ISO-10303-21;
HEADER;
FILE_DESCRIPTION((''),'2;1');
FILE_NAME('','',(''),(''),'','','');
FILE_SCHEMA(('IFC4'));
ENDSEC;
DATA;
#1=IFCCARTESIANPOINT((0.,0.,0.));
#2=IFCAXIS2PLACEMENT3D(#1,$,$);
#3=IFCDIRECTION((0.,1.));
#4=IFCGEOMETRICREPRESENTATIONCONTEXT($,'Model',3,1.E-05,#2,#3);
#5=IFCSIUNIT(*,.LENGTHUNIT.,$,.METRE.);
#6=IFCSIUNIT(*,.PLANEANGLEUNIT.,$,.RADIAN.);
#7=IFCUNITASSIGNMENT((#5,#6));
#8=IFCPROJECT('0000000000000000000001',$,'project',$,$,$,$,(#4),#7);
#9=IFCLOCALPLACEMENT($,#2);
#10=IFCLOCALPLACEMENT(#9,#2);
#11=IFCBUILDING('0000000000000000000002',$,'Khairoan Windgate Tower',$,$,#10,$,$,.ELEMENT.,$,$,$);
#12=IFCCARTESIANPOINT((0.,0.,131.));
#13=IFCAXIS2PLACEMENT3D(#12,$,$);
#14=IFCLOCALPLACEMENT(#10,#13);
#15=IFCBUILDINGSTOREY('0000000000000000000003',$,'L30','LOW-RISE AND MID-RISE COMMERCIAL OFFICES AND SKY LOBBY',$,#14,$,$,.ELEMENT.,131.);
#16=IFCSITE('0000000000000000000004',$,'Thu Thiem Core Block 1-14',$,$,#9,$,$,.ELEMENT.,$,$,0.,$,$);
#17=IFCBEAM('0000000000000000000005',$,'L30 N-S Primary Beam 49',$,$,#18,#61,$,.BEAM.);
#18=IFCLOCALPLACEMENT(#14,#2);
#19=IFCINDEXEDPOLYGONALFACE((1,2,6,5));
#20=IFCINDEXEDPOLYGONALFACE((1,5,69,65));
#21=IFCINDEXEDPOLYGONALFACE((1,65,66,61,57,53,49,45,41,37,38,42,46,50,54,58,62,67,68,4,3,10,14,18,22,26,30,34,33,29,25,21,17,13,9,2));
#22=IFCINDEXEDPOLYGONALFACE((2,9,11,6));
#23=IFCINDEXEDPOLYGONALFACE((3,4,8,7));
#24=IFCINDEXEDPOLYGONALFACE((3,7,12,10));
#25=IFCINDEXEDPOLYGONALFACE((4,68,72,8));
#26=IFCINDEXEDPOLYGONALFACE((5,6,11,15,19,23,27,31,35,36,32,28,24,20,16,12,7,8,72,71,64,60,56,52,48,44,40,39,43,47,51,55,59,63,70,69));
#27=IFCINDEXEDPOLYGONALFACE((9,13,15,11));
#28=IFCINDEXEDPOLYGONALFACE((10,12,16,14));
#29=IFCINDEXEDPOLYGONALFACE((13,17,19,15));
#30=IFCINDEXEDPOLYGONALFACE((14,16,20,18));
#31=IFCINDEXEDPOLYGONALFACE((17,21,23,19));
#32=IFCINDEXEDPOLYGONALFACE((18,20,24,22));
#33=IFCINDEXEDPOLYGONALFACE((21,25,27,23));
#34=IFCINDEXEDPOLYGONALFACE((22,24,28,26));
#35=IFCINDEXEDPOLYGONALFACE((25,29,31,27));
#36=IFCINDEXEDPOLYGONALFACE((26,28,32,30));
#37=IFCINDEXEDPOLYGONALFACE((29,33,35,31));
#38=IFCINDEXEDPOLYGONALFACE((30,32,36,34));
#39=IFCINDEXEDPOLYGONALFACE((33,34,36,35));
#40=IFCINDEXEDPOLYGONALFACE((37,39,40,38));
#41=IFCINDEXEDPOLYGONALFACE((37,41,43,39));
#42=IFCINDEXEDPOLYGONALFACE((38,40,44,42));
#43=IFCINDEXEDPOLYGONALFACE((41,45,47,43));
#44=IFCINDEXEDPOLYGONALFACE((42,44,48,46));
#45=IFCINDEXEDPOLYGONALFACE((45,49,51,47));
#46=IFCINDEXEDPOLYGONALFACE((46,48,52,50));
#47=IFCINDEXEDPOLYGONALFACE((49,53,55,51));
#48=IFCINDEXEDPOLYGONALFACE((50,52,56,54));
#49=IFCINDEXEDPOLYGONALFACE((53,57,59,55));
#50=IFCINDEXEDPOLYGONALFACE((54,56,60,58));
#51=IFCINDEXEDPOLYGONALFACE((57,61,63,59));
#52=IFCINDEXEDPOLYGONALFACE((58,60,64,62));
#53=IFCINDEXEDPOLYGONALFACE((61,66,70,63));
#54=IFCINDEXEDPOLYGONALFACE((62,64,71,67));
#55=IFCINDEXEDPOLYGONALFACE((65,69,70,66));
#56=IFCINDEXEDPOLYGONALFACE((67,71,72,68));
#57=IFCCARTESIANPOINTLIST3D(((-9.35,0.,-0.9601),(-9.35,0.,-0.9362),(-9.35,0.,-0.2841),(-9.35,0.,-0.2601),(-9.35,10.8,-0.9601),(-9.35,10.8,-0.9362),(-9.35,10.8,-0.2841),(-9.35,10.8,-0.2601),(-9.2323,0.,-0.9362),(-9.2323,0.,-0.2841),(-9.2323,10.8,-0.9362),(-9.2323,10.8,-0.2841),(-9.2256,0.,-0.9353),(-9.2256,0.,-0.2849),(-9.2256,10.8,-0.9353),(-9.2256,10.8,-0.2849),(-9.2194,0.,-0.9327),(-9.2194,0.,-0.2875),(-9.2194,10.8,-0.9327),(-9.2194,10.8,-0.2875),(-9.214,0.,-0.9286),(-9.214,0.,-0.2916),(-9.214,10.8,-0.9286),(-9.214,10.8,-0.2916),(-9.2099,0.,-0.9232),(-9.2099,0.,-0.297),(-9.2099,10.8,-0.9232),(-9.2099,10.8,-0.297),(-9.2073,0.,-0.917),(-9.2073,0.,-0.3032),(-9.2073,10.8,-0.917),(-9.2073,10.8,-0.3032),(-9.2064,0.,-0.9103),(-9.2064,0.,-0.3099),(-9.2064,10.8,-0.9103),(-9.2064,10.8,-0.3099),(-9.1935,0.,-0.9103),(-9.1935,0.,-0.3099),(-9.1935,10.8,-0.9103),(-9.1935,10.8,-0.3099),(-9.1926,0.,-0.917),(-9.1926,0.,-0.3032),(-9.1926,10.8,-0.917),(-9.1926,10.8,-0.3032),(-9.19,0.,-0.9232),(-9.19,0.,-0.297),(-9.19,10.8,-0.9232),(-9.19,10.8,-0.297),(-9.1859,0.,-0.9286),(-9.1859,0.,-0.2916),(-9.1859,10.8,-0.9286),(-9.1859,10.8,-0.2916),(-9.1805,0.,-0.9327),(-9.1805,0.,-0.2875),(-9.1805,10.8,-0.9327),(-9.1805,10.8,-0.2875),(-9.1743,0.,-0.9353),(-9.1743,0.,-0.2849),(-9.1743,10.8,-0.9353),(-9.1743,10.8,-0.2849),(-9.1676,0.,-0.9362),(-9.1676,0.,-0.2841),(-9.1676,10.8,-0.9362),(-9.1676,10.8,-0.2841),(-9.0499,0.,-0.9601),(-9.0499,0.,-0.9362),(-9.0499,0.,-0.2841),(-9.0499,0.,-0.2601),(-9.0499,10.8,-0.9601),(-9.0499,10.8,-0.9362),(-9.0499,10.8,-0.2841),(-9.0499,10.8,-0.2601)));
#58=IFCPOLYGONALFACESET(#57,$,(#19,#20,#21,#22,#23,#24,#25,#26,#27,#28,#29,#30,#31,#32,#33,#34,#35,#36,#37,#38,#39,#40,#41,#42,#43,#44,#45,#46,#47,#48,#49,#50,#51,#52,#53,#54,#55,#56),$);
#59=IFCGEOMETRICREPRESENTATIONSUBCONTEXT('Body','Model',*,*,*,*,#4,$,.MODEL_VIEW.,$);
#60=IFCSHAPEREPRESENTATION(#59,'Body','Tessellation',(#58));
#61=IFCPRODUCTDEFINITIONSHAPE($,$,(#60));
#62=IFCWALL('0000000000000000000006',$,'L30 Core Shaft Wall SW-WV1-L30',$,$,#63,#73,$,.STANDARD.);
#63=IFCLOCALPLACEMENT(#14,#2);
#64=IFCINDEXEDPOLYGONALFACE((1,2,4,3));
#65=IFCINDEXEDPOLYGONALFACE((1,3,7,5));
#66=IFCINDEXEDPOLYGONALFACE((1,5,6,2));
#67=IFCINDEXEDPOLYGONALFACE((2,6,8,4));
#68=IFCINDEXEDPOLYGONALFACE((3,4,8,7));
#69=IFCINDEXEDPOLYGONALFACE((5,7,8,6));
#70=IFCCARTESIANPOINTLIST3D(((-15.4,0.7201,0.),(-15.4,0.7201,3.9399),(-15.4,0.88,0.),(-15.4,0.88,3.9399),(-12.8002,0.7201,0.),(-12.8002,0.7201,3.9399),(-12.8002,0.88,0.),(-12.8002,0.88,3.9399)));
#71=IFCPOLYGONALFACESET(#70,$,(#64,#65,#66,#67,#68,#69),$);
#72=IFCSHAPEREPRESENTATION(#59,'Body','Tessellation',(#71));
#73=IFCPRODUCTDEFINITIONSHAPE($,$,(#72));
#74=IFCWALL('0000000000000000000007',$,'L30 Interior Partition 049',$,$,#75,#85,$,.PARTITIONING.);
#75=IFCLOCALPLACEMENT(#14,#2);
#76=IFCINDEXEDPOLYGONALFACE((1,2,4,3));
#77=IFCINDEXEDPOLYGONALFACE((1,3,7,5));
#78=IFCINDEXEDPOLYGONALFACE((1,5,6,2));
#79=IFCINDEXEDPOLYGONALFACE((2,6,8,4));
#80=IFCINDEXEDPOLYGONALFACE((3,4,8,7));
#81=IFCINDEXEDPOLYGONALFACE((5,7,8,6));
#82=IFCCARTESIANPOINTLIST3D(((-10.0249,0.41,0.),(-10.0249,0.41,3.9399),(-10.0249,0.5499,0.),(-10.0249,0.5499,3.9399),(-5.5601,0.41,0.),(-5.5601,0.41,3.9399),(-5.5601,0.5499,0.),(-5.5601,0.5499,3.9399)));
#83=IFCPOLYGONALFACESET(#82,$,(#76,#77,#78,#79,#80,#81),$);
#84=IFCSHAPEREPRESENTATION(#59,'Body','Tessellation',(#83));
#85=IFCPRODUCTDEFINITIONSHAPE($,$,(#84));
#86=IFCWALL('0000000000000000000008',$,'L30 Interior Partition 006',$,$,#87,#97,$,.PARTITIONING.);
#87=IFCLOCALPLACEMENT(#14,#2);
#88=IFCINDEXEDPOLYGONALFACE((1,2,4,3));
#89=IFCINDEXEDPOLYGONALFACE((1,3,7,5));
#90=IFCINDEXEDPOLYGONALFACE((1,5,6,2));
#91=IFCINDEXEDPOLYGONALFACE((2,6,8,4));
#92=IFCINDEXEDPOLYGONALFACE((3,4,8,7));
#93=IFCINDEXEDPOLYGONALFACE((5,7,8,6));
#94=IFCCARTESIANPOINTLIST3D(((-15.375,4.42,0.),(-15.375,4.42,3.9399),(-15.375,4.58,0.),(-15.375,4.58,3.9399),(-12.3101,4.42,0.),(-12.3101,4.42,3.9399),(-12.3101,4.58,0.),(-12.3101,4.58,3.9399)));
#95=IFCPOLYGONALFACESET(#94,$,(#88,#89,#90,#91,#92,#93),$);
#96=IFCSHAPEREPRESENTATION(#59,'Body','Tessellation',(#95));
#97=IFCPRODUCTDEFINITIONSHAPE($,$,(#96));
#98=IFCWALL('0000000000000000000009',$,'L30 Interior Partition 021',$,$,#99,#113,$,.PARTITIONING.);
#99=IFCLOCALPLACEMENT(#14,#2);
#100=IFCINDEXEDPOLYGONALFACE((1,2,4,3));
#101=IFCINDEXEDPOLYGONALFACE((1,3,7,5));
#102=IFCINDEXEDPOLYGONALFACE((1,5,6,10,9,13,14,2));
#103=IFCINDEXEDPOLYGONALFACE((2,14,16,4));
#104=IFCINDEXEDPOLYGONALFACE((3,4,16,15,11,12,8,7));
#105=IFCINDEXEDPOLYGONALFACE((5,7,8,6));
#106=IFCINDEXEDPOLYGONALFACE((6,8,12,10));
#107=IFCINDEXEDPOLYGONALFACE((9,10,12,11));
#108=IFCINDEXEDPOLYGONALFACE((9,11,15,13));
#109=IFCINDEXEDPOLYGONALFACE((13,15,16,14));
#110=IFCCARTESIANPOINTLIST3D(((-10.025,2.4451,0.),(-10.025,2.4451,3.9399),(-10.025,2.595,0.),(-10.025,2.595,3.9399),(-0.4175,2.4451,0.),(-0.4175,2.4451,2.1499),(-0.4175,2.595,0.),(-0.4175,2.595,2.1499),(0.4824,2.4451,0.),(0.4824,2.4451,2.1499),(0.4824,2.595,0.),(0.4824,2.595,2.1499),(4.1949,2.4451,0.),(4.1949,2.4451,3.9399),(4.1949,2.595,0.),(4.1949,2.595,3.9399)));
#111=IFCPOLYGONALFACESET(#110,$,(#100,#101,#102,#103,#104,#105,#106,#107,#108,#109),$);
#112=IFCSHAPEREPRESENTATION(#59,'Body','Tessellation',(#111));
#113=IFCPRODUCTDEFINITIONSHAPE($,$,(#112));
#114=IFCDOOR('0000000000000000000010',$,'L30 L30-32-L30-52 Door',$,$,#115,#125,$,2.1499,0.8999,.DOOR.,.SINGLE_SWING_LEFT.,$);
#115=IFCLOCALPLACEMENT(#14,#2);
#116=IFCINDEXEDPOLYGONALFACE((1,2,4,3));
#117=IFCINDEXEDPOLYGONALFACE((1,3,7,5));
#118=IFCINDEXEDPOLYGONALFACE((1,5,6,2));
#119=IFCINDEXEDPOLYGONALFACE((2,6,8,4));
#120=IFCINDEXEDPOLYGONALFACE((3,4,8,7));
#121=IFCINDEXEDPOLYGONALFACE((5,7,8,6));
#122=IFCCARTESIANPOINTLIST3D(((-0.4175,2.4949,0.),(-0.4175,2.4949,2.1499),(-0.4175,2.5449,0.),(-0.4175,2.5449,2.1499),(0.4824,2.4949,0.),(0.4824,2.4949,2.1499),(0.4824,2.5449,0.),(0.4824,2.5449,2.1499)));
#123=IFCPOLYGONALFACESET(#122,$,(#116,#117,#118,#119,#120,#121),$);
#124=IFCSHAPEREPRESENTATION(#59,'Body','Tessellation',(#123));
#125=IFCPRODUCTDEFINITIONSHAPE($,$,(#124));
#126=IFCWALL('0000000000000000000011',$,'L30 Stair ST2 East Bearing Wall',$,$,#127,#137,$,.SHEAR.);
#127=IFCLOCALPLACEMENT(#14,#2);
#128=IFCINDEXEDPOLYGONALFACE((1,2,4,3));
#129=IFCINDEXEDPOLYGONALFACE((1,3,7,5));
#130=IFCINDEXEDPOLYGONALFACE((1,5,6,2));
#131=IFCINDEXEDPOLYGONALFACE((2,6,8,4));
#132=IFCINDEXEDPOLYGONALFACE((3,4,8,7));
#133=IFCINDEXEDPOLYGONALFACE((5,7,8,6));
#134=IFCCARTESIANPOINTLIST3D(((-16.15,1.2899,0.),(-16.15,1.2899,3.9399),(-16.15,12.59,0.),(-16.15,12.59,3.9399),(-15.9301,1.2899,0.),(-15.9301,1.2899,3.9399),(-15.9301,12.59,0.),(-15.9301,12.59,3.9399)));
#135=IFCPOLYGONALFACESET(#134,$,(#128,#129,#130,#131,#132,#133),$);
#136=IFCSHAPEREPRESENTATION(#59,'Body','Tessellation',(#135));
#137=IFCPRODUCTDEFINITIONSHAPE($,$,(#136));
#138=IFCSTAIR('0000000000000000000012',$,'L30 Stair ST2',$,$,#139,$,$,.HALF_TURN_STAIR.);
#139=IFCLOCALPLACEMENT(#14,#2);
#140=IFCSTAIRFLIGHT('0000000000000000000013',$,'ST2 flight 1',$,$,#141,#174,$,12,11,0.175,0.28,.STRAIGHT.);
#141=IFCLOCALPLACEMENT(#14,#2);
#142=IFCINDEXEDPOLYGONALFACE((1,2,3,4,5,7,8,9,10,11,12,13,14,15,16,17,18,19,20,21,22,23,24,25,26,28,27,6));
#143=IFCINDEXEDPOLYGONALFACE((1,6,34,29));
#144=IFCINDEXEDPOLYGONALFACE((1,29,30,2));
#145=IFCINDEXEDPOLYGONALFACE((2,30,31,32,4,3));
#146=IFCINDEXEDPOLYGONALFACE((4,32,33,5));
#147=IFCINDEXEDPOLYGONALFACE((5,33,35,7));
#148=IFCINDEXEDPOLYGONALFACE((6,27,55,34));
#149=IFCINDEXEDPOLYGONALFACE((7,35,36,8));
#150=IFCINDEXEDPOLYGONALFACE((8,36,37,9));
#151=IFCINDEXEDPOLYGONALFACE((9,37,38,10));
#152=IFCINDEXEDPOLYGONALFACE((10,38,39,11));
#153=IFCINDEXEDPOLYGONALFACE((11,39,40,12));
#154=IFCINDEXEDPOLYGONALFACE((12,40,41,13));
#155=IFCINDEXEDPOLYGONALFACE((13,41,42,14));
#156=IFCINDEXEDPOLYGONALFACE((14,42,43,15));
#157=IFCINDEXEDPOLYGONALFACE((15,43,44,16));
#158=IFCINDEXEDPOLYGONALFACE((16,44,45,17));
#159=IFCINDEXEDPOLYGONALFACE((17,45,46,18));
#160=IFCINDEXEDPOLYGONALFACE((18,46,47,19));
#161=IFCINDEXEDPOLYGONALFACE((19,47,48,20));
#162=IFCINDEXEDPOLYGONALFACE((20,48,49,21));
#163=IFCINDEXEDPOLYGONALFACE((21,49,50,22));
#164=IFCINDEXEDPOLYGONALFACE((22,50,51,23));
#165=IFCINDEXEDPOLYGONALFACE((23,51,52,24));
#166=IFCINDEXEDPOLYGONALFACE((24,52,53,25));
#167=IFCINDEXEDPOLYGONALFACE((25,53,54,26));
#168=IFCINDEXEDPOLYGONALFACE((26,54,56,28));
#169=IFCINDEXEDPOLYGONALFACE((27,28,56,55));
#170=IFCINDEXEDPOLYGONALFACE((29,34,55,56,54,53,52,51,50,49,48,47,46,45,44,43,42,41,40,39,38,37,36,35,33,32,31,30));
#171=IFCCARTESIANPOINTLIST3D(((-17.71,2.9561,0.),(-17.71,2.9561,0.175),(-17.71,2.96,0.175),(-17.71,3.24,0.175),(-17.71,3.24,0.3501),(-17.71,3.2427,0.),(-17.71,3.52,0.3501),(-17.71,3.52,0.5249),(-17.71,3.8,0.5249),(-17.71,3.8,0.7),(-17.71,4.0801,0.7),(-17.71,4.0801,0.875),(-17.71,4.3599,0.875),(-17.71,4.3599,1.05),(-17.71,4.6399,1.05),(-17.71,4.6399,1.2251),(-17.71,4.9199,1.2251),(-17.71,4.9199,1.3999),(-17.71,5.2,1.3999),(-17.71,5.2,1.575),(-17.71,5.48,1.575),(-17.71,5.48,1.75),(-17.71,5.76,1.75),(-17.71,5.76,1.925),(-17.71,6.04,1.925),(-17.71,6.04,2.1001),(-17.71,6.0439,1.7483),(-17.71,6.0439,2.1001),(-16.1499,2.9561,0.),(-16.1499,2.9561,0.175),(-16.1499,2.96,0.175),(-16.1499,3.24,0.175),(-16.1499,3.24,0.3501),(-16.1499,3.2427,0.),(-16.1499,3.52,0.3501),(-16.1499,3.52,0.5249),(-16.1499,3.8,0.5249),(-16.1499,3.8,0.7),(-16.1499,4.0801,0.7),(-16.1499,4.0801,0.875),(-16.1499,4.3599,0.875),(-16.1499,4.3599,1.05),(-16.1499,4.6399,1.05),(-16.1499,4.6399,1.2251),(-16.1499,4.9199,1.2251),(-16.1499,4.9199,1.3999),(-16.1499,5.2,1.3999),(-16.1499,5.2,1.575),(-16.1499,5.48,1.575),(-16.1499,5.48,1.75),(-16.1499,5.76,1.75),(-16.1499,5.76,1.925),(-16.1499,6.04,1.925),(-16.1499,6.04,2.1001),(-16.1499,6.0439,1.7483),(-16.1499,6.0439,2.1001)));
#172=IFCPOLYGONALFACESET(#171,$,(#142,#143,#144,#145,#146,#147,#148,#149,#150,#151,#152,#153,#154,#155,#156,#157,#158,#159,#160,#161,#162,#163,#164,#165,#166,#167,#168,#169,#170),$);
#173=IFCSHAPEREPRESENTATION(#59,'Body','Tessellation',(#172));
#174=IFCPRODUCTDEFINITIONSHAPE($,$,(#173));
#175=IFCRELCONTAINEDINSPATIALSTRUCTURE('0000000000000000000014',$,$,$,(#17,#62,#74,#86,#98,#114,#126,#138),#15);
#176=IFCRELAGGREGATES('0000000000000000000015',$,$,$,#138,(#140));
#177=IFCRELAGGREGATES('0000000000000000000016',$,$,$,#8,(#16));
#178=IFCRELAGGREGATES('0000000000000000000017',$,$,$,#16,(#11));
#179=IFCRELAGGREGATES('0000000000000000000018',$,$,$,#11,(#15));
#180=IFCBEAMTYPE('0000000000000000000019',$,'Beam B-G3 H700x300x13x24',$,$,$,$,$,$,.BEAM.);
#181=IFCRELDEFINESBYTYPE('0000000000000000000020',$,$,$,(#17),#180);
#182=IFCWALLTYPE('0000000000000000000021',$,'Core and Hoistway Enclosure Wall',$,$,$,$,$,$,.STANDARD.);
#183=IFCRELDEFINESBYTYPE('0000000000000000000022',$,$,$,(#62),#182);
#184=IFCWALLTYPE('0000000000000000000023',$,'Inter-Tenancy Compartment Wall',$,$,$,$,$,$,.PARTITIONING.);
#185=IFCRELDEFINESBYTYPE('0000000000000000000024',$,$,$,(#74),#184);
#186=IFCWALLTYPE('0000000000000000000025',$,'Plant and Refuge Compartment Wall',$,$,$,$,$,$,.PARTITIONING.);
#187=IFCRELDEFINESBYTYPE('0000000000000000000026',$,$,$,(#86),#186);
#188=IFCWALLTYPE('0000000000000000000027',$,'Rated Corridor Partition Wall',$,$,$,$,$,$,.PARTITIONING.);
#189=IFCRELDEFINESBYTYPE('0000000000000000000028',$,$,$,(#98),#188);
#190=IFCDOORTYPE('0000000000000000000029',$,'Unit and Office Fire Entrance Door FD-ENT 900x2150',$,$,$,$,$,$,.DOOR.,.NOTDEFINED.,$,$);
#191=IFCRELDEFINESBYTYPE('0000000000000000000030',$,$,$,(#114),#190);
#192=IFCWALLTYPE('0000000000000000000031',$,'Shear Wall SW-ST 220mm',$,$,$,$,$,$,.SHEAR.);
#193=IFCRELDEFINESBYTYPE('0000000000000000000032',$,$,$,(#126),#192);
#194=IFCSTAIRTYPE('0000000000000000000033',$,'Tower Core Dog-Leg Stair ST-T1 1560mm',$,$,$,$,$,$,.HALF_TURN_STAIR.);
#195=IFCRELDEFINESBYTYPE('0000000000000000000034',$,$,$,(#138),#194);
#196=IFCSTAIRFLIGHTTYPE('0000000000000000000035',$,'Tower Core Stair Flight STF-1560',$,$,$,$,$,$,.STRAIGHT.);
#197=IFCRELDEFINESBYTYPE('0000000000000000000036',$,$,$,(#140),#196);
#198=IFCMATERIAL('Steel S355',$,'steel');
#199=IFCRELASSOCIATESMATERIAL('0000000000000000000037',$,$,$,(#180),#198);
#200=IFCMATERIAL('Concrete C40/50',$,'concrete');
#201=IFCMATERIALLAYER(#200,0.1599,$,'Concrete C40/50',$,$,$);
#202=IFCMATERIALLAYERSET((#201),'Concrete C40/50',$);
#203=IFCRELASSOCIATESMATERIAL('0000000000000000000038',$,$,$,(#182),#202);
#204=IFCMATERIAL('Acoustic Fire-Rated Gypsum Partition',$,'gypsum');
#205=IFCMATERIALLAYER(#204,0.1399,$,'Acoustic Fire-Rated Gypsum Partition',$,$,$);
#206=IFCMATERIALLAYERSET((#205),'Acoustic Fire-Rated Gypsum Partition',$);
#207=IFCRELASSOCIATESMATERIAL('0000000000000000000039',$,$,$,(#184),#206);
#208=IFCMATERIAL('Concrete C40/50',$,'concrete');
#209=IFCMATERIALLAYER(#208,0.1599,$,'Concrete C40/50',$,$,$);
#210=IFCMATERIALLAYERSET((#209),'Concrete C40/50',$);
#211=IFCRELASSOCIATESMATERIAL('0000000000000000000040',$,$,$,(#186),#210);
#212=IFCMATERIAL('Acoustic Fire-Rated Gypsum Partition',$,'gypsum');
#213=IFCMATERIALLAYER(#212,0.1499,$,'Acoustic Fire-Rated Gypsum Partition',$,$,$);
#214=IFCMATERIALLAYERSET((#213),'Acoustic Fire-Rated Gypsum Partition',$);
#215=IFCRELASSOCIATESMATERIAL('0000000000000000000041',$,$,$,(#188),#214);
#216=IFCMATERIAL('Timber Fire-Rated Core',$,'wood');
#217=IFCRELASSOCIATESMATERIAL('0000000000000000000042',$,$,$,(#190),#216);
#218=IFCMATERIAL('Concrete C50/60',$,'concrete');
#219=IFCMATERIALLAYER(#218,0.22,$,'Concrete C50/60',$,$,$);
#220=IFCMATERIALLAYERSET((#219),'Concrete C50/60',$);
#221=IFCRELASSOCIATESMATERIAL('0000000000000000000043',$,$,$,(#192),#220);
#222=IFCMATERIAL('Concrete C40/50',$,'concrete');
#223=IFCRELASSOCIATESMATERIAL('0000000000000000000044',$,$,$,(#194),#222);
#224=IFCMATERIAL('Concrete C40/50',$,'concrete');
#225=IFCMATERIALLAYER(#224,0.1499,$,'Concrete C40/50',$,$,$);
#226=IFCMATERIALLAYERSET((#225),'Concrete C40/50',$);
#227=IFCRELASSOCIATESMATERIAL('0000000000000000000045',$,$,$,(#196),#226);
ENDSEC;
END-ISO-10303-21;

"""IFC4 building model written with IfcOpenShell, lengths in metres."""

from ifc_helpers import new_model, si_unit, direction, frame, frame_2d, origin, origin_2d, place, context, subcontext, project, spatial, polyline, rectangle, i_section, outline, extrude, material, layer, layer_set, material_profile, profile_set, type_object, element, fill, aggregate, save


model = new_model("IFC4")

# Units and contexts
model_context = context("Model", 3, precision=1e-05, world=origin(), true_north=direction((0.0, 1.0)))
body_context = subcontext(model_context, "Body", "Model", "MODEL_VIEW")
ifc_project = project(units=[si_unit("LENGTHUNIT", "METRE"), si_unit("PLANEANGLEUNIT", "RADIAN")], contexts=[model_context])

# Site, building, storey
site_placement = place(None, origin())
site = spatial("IfcSite", under=ifc_project, at=site_placement, Name="Thu Thiem Core Block 1-14", CompositionType="ELEMENT", RefElevation=0.0)
building_placement = place(site_placement, origin())
building = spatial("IfcBuilding", under=site, at=building_placement, Name="Khairoan Windgate Tower", CompositionType="ELEMENT")
storey_placement = place(building_placement, frame((0.0, 0.0, 131.0)))
storey = spatial("IfcBuildingStorey", under=building, at=storey_placement, Name="L30", Description="LOW-RISE AND MID-RISE COMMERCIAL OFFICES AND SKY LOBBY", CompositionType="ELEMENT", Elevation=131.0)

# Beam
ifc_material_1 = material(Name="Steel S355", Category="steel")
ifc_material_profile_1 = material_profile(ifc_material_1, i_section(OverallWidth=0.3, OverallDepth=0.7, WebThickness=0.0129, FlangeThickness=0.0239, FilletRadius=0.0259, at=origin_2d()))
ifc_profile_set_1 = profile_set([ifc_material_profile_1], Name="Steel S355")
beam_type = type_object("IfcBeamType", Name="Beam B-G3 H700x300x13x24", PredefinedType="BEAM", material=ifc_profile_set_1)
for number, where, z_axis, x_axis, name in (
    (1, (-9.2, 0.0, -0.6101), (0.0, 1.0, 0.0), (-1.0, 0.0, 0.0), "L30 N-S Primary Beam 49"),
):
    element("IfcBeam", number, at=place(storey_placement, frame(where, z_axis=z_axis, x_axis=x_axis)), inside=storey, type_object=beam_type, Name=name, PredefinedType="BEAM", context=body_context, shape_type="SweptSolid", body=[
        extrude(i_section(OverallWidth=0.3, OverallDepth=0.7, WebThickness=0.0129, FlangeThickness=0.0239, FilletRadius=0.0259, at=origin_2d()), origin(), (0.0, 0.0, 1.0), 10.8),
    ])

# Walls
ifc_material_2 = material(Name="Concrete C40/50", Category="concrete")
ifc_layer_1 = layer(ifc_material_2, 0.1599, Name="Concrete C40/50")
ifc_layer_set_1 = layer_set([ifc_layer_1], Name="Concrete C40/50")
wall_type_1 = type_object("IfcWallType", Name="Core and Hoistway Enclosure Wall", PredefinedType="STANDARD", material=ifc_layer_set_1)
wall_1_placement = place(storey_placement, frame((-15.3999, 0.8, 0.0), z_axis=(0.0, 0.0, 1.0), x_axis=(1.0, 0.0, 0.0)))
element("IfcWall", 2, at=wall_1_placement, inside=storey, type_object=wall_type_1, Name="L30 Core Shaft Wall SW-WV1-L30", PredefinedType="STANDARD", context=body_context, shape_type="SweptSolid", body=[
    extrude(rectangle(XDim=2.5999, YDim=0.1599, at=frame_2d((1.2998, 0.0))), origin(), (0.0, 0.0, 1.0), 3.9399),
])
ifc_material_3 = material(Name="Acoustic Fire-Rated Gypsum Partition", Category="gypsum")
ifc_layer_2 = layer(ifc_material_3, 0.1399, Name="Acoustic Fire-Rated Gypsum Partition")
ifc_layer_set_2 = layer_set([ifc_layer_2], Name="Acoustic Fire-Rated Gypsum Partition")
wall_type_2 = type_object("IfcWallType", Name="Inter-Tenancy Compartment Wall", PredefinedType="PARTITIONING", material=ifc_layer_set_2)
wall_2_placement = place(storey_placement, frame((-10.0249, 0.48, 0.0), z_axis=(0.0, 0.0, 1.0), x_axis=(1.0, 0.0, 0.0)))
element("IfcWall", 3, at=wall_2_placement, inside=storey, type_object=wall_type_2, Name="L30 Interior Partition 049", PredefinedType="PARTITIONING", context=body_context, shape_type="SweptSolid", body=[
    extrude(rectangle(XDim=4.4648, YDim=0.1399, at=frame_2d((2.2324, 0.0))), origin(), (0.0, 0.0, 1.0), 3.9399),
])
ifc_material_4 = material(Name="Concrete C40/50", Category="concrete")
ifc_layer_3 = layer(ifc_material_4, 0.1599, Name="Concrete C40/50")
ifc_layer_set_3 = layer_set([ifc_layer_3], Name="Concrete C40/50")
wall_type_3 = type_object("IfcWallType", Name="Plant and Refuge Compartment Wall", PredefinedType="PARTITIONING", material=ifc_layer_set_3)
wall_3_placement = place(storey_placement, frame((-15.375, 4.5, 0.0), z_axis=(0.0, 0.0, 1.0), x_axis=(1.0, 0.0, 0.0)))
element("IfcWall", 4, at=wall_3_placement, inside=storey, type_object=wall_type_3, Name="L30 Interior Partition 006", PredefinedType="PARTITIONING", context=body_context, shape_type="SweptSolid", body=[
    extrude(rectangle(XDim=3.0649, YDim=0.1599, at=frame_2d((1.5325, 0.0))), origin(), (0.0, 0.0, 1.0), 3.9399),
])

# Wall, opening, door
ifc_material_5 = material(Name="Acoustic Fire-Rated Gypsum Partition", Category="gypsum")
ifc_layer_4 = layer(ifc_material_5, 0.1499, Name="Acoustic Fire-Rated Gypsum Partition")
ifc_layer_set_4 = layer_set([ifc_layer_4], Name="Acoustic Fire-Rated Gypsum Partition")
wall_type_4 = type_object("IfcWallType", Name="Rated Corridor Partition Wall", PredefinedType="PARTITIONING", material=ifc_layer_set_4)
ifc_material_6 = material(Name="Timber Fire-Rated Core", Category="wood")
door_type = type_object("IfcDoorType", Name="Unit and Office Fire Entrance Door FD-ENT 900x2150", OperationType="NOTDEFINED", PredefinedType="DOOR", material=ifc_material_6)
wall_4_placement = place(storey_placement, frame((-10.0249, 2.52, 0.0), z_axis=(0.0, 0.0, 1.0), x_axis=(1.0, 0.0, 0.0)))
wall_4 = element("IfcWall", 5, at=wall_4_placement, inside=storey, type_object=wall_type_4, Name="L30 Interior Partition 021", PredefinedType="PARTITIONING", context=body_context, shape_type="SweptSolid", body=[
    extrude(rectangle(XDim=14.22, YDim=0.1499, at=frame_2d((7.1099, 0.0))), origin(), (0.0, 0.0, 1.0), 3.9399),
])
opening_1_placement = place(wall_4_placement, frame((9.6074, 0.0, 0.0)))
opening_1 = element("IfcOpeningElement", 6, at=opening_1_placement, cuts=wall_4, PredefinedType="OPENING", context=body_context, shape_type="SweptSolid", body=[
    extrude(rectangle(XDim=0.8999, YDim=2.1499, at=frame_2d((0.45, 1.075))), frame((0.0, 0.085, 0.0), z_axis=(0.0, -1.0, 0.0), x_axis=(1.0, 0.0, 0.0)), (0.0, 0.0, 1.0), 0.1699),
])
door_1_placement = place(opening_1_placement, origin())
door_1 = element("IfcDoor", 7, at=door_1_placement, inside=storey, type_object=door_type, Name="L30 L30-32-L30-52 Door", OperationType="SINGLE_SWING_LEFT", OverallHeight=2.1499, OverallWidth=0.8999, PredefinedType="DOOR", context=body_context, shape_type="SweptSolid", body=[
    extrude(rectangle(XDim=0.8999, YDim=2.1499, at=frame_2d((0.45, 1.075))), frame((0.0, 0.0249, 0.0), z_axis=(0.0, -1.0, 0.0), x_axis=(1.0, 0.0, 0.0)), (0.0, 0.0, 1.0), 0.05),
])
fill(opening_1, door_1)

# Wall
ifc_material_7 = material(Name="Concrete C50/60", Category="concrete")
ifc_layer_5 = layer(ifc_material_7, 0.22, Name="Concrete C50/60")
ifc_layer_set_5 = layer_set([ifc_layer_5], Name="Concrete C50/60")
wall_type_5 = type_object("IfcWallType", Name="Shear Wall SW-ST 220mm", PredefinedType="SHEAR", material=ifc_layer_set_5)
wall_5_placement = place(storey_placement, frame((-16.04, 1.29, 0.0), z_axis=(0.0, 0.0, 1.0), x_axis=(0.0, 1.0, 0.0)))
element("IfcWall", 8, at=wall_5_placement, inside=storey, type_object=wall_type_5, Name="L30 Stair ST2 East Bearing Wall", PredefinedType="SHEAR", context=body_context, shape_type="SweptSolid", body=[
    extrude(rectangle(XDim=11.3, YDim=0.22, at=frame_2d((5.6499, 0.0))), origin(), (0.0, 0.0, 1.0), 3.9399),
])

# Stair, stair flight
ifc_material_8 = material(Name="Concrete C40/50", Category="concrete")
stair_type = type_object("IfcStairType", Name="Tower Core Dog-Leg Stair ST-T1 1560mm", PredefinedType="HALF_TURN_STAIR", material=ifc_material_8)
stair_placement = place(storey_placement, origin())
stair = element("IfcStair", 9, at=stair_placement, inside=storey, type_object=stair_type, Name="L30 Stair ST2", PredefinedType="HALF_TURN_STAIR")
ifc_material_9 = material(Name="Concrete C40/50", Category="concrete")
ifc_layer_6 = layer(ifc_material_9, 0.1499, Name="Concrete C40/50")
ifc_layer_set_6 = layer_set([ifc_layer_6], Name="Concrete C40/50")
stair_flight_type = type_object("IfcStairFlightType", Name="Tower Core Stair Flight STF-1560", PredefinedType="STRAIGHT", material=ifc_layer_set_6)
stair_flight_placement = place(storey_placement, frame((-16.9299, 2.96, 0.0), z_axis=(0.0, 0.0, 1.0), x_axis=(0.0, 1.0, 0.0)))
stair_flight = element("IfcStairFlight", 10, at=stair_flight_placement, type_object=stair_flight_type, Name="ST2 flight 1", NumberOfRisers=12, NumberOfTreads=11, PredefinedType="STRAIGHT", RiserHeight=0.175, TreadLength=0.28, context=body_context, shape_type="SweptSolid", body=[
    extrude(outline(polyline([(-0.0039, 0.0), (-0.0039, 0.175), (0.0, 0.175), (0.28, 0.175), (0.28, 0.3501), (0.5601, 0.3501), (0.5601, 0.5249), (0.8401, 0.5249), (0.8401, 0.7), (1.1201, 0.7), (1.1201, 0.875), (1.3999, 0.875), (1.3999, 1.05), (1.6799, 1.05), (1.6799, 1.2251), (1.96, 1.2251), (1.96, 1.3999), (2.24, 1.3999), (2.24, 1.575), (2.52, 1.575), (2.52, 1.75), (2.8, 1.75), (2.8, 1.925), (3.0801, 1.925), (3.0801, 2.1001), (3.084, 2.1001), (3.084, 1.7483), (0.2827, 0.0), (-0.0039, 0.0)])), frame((0.0, 0.78, 0.0), z_axis=(0.0, -1.0, 0.0), x_axis=(1.0, 0.0, 0.0)), (0.0, 0.0, 1.0), 1.5601),
])
aggregate(stair, [stair_flight])

save(model, "model.ifc")
